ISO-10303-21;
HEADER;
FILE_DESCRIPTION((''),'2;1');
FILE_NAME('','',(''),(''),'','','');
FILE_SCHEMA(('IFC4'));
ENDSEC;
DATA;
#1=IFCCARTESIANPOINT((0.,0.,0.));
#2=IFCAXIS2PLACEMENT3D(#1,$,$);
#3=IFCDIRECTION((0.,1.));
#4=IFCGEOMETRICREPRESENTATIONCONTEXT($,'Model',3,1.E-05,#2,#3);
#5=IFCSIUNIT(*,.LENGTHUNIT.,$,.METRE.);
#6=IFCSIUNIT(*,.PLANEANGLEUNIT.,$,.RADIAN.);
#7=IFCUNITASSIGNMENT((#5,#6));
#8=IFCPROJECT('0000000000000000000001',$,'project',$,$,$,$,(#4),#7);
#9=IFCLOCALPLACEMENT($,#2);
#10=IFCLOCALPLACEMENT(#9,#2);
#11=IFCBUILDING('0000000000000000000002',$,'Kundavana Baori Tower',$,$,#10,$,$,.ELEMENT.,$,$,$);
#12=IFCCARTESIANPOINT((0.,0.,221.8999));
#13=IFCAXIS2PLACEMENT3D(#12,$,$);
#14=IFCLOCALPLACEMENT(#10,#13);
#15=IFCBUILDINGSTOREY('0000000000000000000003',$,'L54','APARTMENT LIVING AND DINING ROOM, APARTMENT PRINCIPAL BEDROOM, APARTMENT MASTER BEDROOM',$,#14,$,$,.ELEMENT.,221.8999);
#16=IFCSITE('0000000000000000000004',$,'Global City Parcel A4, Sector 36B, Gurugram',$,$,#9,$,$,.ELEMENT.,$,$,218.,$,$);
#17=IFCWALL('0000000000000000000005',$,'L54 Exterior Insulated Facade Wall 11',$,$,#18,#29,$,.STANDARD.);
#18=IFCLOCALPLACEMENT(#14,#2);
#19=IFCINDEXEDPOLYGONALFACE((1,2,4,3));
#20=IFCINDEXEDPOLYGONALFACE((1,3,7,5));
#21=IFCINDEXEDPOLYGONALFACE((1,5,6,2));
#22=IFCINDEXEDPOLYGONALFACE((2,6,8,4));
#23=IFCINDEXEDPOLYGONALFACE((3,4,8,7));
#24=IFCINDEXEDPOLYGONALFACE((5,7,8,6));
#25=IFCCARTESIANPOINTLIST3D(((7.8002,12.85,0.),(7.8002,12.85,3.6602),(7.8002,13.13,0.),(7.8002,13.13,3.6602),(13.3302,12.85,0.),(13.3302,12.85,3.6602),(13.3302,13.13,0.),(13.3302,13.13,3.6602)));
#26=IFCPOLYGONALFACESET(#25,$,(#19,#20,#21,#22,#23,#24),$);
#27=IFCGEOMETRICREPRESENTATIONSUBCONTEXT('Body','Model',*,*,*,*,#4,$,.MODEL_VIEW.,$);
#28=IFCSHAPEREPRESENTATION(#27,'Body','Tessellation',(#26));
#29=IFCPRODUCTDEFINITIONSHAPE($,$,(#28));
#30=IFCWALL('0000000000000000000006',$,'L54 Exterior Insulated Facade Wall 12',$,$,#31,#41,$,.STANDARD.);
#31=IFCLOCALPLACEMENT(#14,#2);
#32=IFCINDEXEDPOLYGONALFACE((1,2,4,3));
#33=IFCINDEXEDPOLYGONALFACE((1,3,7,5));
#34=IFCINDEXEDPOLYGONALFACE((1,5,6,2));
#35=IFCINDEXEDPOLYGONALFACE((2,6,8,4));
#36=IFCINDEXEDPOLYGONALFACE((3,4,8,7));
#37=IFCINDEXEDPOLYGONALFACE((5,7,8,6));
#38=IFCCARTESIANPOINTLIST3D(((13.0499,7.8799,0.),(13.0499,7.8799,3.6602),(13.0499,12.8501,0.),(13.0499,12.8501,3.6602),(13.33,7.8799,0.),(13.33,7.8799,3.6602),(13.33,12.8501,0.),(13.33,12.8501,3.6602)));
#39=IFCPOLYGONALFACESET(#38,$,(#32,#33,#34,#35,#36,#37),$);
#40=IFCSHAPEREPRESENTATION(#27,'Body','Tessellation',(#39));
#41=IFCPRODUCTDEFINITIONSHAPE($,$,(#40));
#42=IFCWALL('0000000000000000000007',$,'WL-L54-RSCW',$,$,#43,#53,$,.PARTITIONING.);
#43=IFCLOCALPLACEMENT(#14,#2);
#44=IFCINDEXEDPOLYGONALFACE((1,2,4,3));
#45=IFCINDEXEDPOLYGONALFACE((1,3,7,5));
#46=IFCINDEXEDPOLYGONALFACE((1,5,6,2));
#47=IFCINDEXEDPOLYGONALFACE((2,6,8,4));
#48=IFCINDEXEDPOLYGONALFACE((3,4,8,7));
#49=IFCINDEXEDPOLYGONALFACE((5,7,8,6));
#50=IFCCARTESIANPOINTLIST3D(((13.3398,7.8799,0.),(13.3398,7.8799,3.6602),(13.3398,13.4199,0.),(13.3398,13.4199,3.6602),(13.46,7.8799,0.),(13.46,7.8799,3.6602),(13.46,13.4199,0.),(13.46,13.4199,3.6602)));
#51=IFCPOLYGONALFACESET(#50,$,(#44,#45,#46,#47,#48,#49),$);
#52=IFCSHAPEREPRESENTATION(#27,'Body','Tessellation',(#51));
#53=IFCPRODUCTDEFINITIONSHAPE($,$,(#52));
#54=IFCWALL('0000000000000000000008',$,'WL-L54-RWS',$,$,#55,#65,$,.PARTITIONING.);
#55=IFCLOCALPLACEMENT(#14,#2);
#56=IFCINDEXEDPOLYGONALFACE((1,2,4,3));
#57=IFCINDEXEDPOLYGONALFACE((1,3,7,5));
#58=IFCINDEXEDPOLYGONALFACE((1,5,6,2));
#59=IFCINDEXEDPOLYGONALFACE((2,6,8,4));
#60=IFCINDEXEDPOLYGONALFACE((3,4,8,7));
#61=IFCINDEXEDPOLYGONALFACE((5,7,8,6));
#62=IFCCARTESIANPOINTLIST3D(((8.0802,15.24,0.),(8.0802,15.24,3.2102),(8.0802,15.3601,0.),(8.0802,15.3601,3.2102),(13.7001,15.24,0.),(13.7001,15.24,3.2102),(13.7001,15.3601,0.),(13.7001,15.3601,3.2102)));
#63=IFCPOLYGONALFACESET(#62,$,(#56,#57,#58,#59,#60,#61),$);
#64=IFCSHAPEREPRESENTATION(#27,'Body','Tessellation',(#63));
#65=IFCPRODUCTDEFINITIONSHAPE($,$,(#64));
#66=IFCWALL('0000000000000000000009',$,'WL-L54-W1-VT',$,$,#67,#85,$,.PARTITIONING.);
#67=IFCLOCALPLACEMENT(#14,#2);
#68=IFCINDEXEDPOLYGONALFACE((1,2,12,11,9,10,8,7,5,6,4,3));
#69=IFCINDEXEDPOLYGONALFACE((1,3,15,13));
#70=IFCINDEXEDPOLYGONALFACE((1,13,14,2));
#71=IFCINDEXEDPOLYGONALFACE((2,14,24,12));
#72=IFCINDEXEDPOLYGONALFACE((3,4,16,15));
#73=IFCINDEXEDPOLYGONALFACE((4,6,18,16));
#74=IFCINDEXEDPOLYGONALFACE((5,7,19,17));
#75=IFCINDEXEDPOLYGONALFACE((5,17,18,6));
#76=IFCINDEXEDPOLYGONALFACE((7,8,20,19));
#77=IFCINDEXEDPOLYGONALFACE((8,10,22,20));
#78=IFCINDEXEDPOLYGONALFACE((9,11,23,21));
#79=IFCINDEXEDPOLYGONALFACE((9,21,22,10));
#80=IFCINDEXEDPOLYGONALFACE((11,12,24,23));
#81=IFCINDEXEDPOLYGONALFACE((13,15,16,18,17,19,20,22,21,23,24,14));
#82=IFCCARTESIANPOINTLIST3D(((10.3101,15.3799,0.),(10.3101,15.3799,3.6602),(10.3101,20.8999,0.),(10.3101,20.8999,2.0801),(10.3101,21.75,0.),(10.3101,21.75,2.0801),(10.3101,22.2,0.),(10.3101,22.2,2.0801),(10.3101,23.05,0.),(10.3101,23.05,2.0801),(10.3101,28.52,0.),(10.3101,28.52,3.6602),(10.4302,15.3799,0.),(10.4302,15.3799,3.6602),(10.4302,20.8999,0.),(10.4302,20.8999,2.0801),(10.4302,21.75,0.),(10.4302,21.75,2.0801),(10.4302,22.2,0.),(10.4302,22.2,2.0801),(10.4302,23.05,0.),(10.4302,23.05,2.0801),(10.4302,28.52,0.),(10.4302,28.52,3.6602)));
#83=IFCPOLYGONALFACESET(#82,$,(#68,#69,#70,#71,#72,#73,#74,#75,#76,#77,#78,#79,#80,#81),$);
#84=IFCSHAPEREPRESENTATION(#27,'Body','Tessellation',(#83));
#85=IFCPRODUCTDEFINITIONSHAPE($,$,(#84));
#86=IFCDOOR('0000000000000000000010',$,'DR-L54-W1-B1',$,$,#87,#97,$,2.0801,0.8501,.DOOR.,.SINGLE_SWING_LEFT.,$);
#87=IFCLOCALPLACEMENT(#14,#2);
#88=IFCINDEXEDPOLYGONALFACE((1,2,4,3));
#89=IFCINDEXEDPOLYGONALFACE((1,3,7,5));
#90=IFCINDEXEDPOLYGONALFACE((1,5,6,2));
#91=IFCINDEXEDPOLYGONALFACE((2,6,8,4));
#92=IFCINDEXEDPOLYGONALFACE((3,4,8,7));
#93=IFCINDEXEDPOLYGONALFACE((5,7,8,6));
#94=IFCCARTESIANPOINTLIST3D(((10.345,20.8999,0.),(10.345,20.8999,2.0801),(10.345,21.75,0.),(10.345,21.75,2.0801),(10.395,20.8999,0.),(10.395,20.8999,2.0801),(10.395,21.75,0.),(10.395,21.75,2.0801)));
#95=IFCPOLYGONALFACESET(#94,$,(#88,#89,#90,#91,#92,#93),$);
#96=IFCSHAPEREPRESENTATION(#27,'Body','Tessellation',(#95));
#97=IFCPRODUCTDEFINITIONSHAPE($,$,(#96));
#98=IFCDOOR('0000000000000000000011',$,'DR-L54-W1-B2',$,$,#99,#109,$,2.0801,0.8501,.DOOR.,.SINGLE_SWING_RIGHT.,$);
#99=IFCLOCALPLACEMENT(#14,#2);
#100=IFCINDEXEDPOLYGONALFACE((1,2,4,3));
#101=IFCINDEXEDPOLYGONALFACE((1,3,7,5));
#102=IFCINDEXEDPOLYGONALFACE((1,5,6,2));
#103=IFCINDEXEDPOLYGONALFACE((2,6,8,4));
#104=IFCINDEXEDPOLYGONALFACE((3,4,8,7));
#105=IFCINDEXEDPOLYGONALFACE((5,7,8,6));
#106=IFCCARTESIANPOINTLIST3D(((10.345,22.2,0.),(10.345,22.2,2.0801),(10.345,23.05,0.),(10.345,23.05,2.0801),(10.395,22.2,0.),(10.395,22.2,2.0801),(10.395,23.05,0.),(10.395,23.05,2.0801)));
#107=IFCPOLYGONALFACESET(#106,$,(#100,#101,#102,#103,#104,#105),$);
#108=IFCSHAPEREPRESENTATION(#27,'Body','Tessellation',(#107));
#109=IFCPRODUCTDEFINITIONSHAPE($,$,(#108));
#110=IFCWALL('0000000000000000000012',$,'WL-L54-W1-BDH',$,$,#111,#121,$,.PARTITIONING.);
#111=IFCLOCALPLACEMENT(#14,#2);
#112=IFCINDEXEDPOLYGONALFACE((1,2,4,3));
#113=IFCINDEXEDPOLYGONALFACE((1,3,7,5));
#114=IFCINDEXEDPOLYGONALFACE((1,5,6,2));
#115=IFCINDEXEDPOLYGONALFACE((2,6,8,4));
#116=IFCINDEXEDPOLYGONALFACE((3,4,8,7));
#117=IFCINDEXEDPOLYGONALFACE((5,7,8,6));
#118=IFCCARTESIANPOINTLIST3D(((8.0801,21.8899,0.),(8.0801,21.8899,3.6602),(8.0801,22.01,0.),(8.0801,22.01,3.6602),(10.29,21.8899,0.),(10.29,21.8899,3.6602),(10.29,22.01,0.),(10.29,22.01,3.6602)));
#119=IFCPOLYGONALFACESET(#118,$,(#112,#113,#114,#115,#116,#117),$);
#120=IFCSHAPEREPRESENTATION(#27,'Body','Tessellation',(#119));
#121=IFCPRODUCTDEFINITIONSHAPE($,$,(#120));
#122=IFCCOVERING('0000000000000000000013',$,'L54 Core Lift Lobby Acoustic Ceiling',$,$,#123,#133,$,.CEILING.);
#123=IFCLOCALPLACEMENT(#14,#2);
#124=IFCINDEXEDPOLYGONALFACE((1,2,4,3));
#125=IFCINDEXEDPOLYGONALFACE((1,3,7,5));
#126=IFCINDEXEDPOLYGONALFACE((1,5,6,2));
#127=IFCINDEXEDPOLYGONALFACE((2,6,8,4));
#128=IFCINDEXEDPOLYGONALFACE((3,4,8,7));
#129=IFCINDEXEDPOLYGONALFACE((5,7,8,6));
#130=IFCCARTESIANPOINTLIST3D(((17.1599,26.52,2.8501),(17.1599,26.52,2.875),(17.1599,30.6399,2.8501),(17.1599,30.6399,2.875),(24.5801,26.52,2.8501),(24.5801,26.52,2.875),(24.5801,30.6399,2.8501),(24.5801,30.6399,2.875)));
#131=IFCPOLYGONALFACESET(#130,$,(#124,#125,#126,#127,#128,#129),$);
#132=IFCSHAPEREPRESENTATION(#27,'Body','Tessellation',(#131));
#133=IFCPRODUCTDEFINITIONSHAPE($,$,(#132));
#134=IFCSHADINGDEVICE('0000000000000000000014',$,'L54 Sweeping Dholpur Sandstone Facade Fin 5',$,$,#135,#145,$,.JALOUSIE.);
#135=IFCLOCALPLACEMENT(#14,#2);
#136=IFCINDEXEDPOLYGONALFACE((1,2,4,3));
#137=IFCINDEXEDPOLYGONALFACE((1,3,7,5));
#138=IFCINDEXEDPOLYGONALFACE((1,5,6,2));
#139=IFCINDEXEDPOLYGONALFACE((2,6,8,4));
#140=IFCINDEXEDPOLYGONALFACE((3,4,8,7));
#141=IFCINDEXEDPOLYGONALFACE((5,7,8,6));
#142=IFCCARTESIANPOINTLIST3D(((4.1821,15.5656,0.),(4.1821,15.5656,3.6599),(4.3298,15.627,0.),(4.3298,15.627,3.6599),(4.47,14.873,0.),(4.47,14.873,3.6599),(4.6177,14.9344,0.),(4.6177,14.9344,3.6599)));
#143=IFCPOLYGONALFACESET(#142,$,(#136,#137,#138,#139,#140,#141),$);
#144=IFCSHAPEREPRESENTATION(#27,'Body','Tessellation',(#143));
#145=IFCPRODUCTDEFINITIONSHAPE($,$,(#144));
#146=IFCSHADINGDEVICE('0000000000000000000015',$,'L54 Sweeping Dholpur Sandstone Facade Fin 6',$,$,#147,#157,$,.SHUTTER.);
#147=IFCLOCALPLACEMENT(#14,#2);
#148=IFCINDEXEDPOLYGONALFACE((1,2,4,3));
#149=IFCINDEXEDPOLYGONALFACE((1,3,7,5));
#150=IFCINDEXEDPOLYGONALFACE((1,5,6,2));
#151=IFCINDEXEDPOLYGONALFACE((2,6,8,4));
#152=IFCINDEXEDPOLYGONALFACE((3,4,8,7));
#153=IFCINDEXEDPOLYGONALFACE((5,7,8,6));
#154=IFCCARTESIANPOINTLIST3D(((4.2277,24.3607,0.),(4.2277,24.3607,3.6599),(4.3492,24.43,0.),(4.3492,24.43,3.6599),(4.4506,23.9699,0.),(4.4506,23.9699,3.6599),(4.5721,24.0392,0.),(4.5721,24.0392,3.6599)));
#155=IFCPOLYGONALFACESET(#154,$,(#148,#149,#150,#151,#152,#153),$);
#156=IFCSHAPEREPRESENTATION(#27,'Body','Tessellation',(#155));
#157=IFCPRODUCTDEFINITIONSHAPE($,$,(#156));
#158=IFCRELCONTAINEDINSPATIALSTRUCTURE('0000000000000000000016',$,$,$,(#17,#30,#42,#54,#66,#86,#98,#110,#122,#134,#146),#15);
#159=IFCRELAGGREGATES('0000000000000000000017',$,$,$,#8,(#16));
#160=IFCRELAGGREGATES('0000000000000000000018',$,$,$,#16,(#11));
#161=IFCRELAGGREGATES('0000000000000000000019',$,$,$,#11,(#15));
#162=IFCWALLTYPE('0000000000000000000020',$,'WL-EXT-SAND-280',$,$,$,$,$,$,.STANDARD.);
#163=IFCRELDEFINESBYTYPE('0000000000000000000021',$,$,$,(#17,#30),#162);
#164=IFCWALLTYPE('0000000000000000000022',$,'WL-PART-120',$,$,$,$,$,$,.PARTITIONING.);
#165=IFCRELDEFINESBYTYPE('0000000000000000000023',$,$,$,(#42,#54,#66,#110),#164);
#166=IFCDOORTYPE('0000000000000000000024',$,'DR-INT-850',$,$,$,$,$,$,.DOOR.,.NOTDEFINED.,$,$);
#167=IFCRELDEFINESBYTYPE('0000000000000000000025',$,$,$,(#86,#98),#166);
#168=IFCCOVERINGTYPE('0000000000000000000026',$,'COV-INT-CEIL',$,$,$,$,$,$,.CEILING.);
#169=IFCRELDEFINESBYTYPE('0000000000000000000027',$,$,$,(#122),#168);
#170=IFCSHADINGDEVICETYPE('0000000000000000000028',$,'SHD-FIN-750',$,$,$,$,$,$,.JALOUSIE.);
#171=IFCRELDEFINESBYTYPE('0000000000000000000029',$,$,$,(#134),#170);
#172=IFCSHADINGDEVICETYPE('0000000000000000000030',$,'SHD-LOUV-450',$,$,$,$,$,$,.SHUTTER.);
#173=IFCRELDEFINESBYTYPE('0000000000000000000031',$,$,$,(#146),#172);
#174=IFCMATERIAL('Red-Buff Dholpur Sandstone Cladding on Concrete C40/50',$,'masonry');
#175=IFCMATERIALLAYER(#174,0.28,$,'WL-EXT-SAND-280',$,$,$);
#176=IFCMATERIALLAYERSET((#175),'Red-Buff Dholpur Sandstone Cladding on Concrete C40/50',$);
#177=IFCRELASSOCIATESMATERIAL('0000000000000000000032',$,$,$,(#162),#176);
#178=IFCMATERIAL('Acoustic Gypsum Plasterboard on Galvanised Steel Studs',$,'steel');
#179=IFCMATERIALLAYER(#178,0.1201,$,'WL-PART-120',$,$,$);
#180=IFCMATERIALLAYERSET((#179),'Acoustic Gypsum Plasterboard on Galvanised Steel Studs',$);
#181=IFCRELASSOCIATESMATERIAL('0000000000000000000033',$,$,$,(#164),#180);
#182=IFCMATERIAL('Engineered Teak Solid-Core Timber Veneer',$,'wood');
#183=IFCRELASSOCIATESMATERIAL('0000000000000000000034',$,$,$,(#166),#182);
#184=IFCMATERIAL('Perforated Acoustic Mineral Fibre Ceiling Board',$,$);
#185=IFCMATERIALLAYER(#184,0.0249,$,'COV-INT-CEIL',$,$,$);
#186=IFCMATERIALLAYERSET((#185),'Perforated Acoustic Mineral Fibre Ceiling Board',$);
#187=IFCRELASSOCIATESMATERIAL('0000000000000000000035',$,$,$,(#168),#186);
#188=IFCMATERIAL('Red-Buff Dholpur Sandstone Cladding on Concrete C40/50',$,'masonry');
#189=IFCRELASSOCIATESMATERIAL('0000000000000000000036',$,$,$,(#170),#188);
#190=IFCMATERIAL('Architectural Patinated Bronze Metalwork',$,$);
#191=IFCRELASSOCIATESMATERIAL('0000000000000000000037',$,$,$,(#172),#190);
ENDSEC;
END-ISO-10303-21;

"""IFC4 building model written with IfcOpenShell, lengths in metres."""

from ifc_helpers import new_model, si_unit, direction, frame, frame_2d, origin, origin_2d, place, context, subcontext, project, spatial, polyline, rectangle, outline, extrude, material, layer, layer_set, type_object, element, fill, save


model = new_model("IFC4")

# Units and contexts
model_context = context("Model", 3, precision=1e-05, world=origin(), true_north=direction((0.0, 1.0)))
body_context = subcontext(model_context, "Body", "Model", "MODEL_VIEW")
ifc_project = project(units=[si_unit("LENGTHUNIT", "METRE"), si_unit("PLANEANGLEUNIT", "RADIAN")], contexts=[model_context])

# Site, building, storey
site_placement = place(None, origin())
site = spatial("IfcSite", under=ifc_project, at=site_placement, Name="Global City Parcel A4, Sector 36B, Gurugram", CompositionType="ELEMENT", RefElevation=218.0)
building_placement = place(site_placement, origin())
building = spatial("IfcBuilding", under=site, at=building_placement, Name="Kundavana Baori Tower", CompositionType="ELEMENT")
storey_placement = place(building_placement, frame((0.0, 0.0, 221.8999)))
storey = spatial("IfcBuildingStorey", under=building, at=storey_placement, Name="L54", Description="APARTMENT LIVING AND DINING ROOM, APARTMENT PRINCIPAL BEDROOM, APARTMENT MASTER BEDROOM", CompositionType="ELEMENT", Elevation=221.8999)

# Shared definitions
ifc_material_1 = material(Name="Red-Buff Dholpur Sandstone Cladding on Concrete C40/50", Category="masonry")
ifc_layer_1 = layer(ifc_material_1, 0.28, Name="WL-EXT-SAND-280")
ifc_layer_set_1 = layer_set([ifc_layer_1], Name="Red-Buff Dholpur Sandstone Cladding on Concrete C40/50")
wall_type_1 = type_object("IfcWallType", Name="WL-EXT-SAND-280", PredefinedType="STANDARD", material=ifc_layer_set_1)

# Walls
wall_1_placement = place(storey_placement, frame((7.8, 12.99, 0.0), z_axis=(0.0, 0.0, 1.0), x_axis=(1.0, 0.0, 0.0)))
element("IfcWall", 1, at=wall_1_placement, inside=storey, type_object=wall_type_1, Name="L54 Exterior Insulated Facade Wall 11", PredefinedType="STANDARD", context=body_context, shape_type="SweptSolid", body=[
    extrude(rectangle(XDim=5.53, YDim=0.28, at=frame_2d((2.7651, 0.0))), origin(), (0.0, 0.0, 1.0), 3.6602),
])
wall_2_placement = place(storey_placement, frame((13.1899, 12.8501, 0.0), z_axis=(0.0, 0.0, 1.0), x_axis=(0.0, -1.0, 0.0)))
element("IfcWall", 2, at=wall_2_placement, inside=storey, type_object=wall_type_1, Name="L54 Exterior Insulated Facade Wall 12", PredefinedType="STANDARD", context=body_context, shape_type="SweptSolid", body=[
    extrude(rectangle(XDim=4.9702, YDim=0.28, at=frame_2d((2.4851, 0.0))), origin(), (0.0, 0.0, 1.0), 3.6602),
])
ifc_material_2 = material(Name="Acoustic Gypsum Plasterboard on Galvanised Steel Studs", Category="steel")
ifc_layer_2 = layer(ifc_material_2, 0.1201, Name="WL-PART-120")
ifc_layer_set_2 = layer_set([ifc_layer_2], Name="Acoustic Gypsum Plasterboard on Galvanised Steel Studs")
wall_type_2 = type_object("IfcWallType", Name="WL-PART-120", PredefinedType="PARTITIONING", material=ifc_layer_set_2)
wall_3_placement = place(storey_placement, frame((13.3999, 7.8799, 0.0), z_axis=(0.0, 0.0, 1.0), x_axis=(0.0, 1.0, 0.0)))
element("IfcWall", 3, at=wall_3_placement, inside=storey, type_object=wall_type_2, Name="WL-L54-RSCW", PredefinedType="PARTITIONING", context=body_context, shape_type="SweptSolid", body=[
    extrude(rectangle(XDim=5.54, YDim=0.1201, at=frame_2d((2.77, 0.0))), origin(), (0.0, 0.0, 1.0), 3.6602),
])
wall_4_placement = place(storey_placement, frame((8.0801, 15.3, 0.0), z_axis=(0.0, 0.0, 1.0), x_axis=(1.0, 0.0, 0.0)))
element("IfcWall", 4, at=wall_4_placement, inside=storey, type_object=wall_type_2, Name="WL-L54-RWS", PredefinedType="PARTITIONING", context=body_context, shape_type="SweptSolid", body=[
    extrude(rectangle(XDim=5.6199, YDim=0.1201, at=frame_2d((2.8101, 0.0))), origin(), (0.0, 0.0, 1.0), 3.2102),
])

# Wall, openings, doors
wall_5_placement = place(storey_placement, frame((10.3701, 15.3799, 0.0), z_axis=(0.0, 0.0, 1.0), x_axis=(0.0, 1.0, 0.0)))
wall_5 = element("IfcWall", 5, at=wall_5_placement, inside=storey, type_object=wall_type_2, Name="WL-L54-W1-VT", PredefinedType="PARTITIONING", context=body_context, shape_type="SweptSolid", body=[
    extrude(rectangle(XDim=13.1401, YDim=0.1201, at=frame_2d((6.5701, 0.0))), origin(), (0.0, 0.0, 1.0), 3.6602),
])
opening_1_placement = place(wall_5_placement, frame((5.52, 0.0, 0.0)))
opening_1 = element("IfcOpeningElement", 6, at=opening_1_placement, cuts=wall_5, PredefinedType="OPENING", context=body_context, shape_type="SweptSolid", body=[
    extrude(rectangle(XDim=0.8501, YDim=2.0801, at=frame_2d((0.425, 1.04))), frame((0.0, 0.0701, 0.0), z_axis=(0.0, -1.0, 0.0), x_axis=(1.0, 0.0, 0.0)), (0.0, 0.0, 1.0), 0.1401),
])
opening_2_placement = place(wall_5_placement, frame((6.8201, 0.0, 0.0)))
opening_2 = element("IfcOpeningElement", 7, at=opening_2_placement, cuts=wall_5, PredefinedType="OPENING", context=body_context, shape_type="SweptSolid", body=[
    extrude(rectangle(XDim=0.8501, YDim=2.0801, at=frame_2d((0.425, 1.04))), frame((0.0, 0.0701, 0.0), z_axis=(0.0, -1.0, 0.0), x_axis=(1.0, 0.0, 0.0)), (0.0, 0.0, 1.0), 0.1401),
])
ifc_material_3 = material(Name="Engineered Teak Solid-Core Timber Veneer", Category="wood")
door_type_1 = type_object("IfcDoorType", Name="DR-INT-850", OperationType="NOTDEFINED", PredefinedType="DOOR", material=ifc_material_3)
door_1_placement = place(opening_1_placement, frame((0.8501, 0.0, 0.0), z_axis=(0.0, 0.0, 1.0), x_axis=(-1.0, 0.0, 0.0)))
door_1 = element("IfcDoor", 8, at=door_1_placement, inside=storey, type_object=door_type_1, Name="DR-L54-W1-B1", OperationType="SINGLE_SWING_LEFT", OverallHeight=2.0801, OverallWidth=0.8501, PredefinedType="DOOR", context=body_context, shape_type="SweptSolid", body=[
    extrude(rectangle(XDim=0.8501, YDim=2.0801, at=frame_2d((0.425, 1.04))), frame((0.0, 0.0249, 0.0), z_axis=(0.0, -1.0, 0.0), x_axis=(1.0, 0.0, 0.0)), (0.0, 0.0, 1.0), 0.05),
])
fill(opening_1, door_1)
door_2_placement = place(opening_2_placement, frame((0.8501, 0.0, 0.0), z_axis=(0.0, 0.0, 1.0), x_axis=(-1.0, 0.0, 0.0)))
door_2 = element("IfcDoor", 9, at=door_2_placement, inside=storey, type_object=door_type_1, Name="DR-L54-W1-B2", OperationType="SINGLE_SWING_RIGHT", OverallHeight=2.0801, OverallWidth=0.8501, PredefinedType="DOOR", context=body_context, shape_type="SweptSolid", body=[
    extrude(rectangle(XDim=0.8501, YDim=2.0801, at=frame_2d((0.425, 1.04))), frame((0.0, 0.0249, 0.0), z_axis=(0.0, -1.0, 0.0), x_axis=(1.0, 0.0, 0.0)), (0.0, 0.0, 1.0), 0.05),
])
fill(opening_2, door_2)

# Wall
wall_6_placement = place(storey_placement, frame((8.0801, 21.95, 0.0), z_axis=(0.0, 0.0, 1.0), x_axis=(1.0, 0.0, 0.0)))
element("IfcWall", 10, at=wall_6_placement, inside=storey, type_object=wall_type_2, Name="WL-L54-W1-BDH", PredefinedType="PARTITIONING", context=body_context, shape_type="SweptSolid", body=[
    extrude(rectangle(XDim=2.21, YDim=0.1201, at=frame_2d((1.105, 0.0))), origin(), (0.0, 0.0, 1.0), 3.6602),
])

# Covering
ifc_material_4 = material(Name="Perforated Acoustic Mineral Fibre Ceiling Board")
ifc_layer_3 = layer(ifc_material_4, 0.0249, Name="COV-INT-CEIL")
ifc_layer_set_3 = layer_set([ifc_layer_3], Name="Perforated Acoustic Mineral Fibre Ceiling Board")
covering_type = type_object("IfcCoveringType", Name="COV-INT-CEIL", PredefinedType="CEILING", material=ifc_layer_set_3)
covering_placement = place(storey_placement, frame((0.0, 0.0, 2.8501)))
element("IfcCovering", 11, at=covering_placement, inside=storey, type_object=covering_type, Name="L54 Core Lift Lobby Acoustic Ceiling", PredefinedType="CEILING", context=body_context, shape_type="SweptSolid", body=[
    extrude(outline(polyline([(17.1599, 26.52), (24.5801, 26.52), (24.5801, 30.6399), (17.1599, 30.6399), (17.1599, 26.52)])), origin(), (0.0, 0.0, 1.0), 0.0249),
])

# Shading devices
ifc_material_5 = material(Name="Red-Buff Dholpur Sandstone Cladding on Concrete C40/50", Category="masonry")
shading_device_type_1 = type_object("IfcShadingDeviceType", Name="SHD-FIN-750", PredefinedType="JALOUSIE", material=ifc_material_5)
shading_device_1_placement = place(storey_placement, frame((4.3999, 15.25, 0.0), z_axis=(0.0, 0.0, 1.0), x_axis=(0.923411, 0.383812, 0.0)))
element("IfcShadingDevice", 12, at=shading_device_1_placement, inside=storey, type_object=shading_device_type_1, Name="L54 Sweeping Dholpur Sandstone Facade Fin 5", PredefinedType="JALOUSIE", context=body_context, shape_type="SweptSolid", body=[
    extrude(rectangle(XDim=0.1599, YDim=0.75, at=origin_2d()), origin(), (0.0, 0.0, 1.0), 3.6599),
])
ifc_material_6 = material(Name="Architectural Patinated Bronze Metalwork")
shading_device_type_2 = type_object("IfcShadingDeviceType", Name="SHD-LOUV-450", PredefinedType="SHUTTER", material=ifc_material_6)
shading_device_2_placement = place(storey_placement, frame((4.3999, 24.2, 0.0), z_axis=(0.0, 0.0, 1.0), x_axis=(0.868718, 0.495307, 0.0)))
element("IfcShadingDevice", 13, at=shading_device_2_placement, inside=storey, type_object=shading_device_type_2, Name="L54 Sweeping Dholpur Sandstone Facade Fin 6", PredefinedType="SHUTTER", context=body_context, shape_type="SweptSolid", body=[
    extrude(rectangle(XDim=0.1399, YDim=0.45, at=origin_2d()), origin(), (0.0, 0.0, 1.0), 3.6599),
])

save(model, "model.ifc")
